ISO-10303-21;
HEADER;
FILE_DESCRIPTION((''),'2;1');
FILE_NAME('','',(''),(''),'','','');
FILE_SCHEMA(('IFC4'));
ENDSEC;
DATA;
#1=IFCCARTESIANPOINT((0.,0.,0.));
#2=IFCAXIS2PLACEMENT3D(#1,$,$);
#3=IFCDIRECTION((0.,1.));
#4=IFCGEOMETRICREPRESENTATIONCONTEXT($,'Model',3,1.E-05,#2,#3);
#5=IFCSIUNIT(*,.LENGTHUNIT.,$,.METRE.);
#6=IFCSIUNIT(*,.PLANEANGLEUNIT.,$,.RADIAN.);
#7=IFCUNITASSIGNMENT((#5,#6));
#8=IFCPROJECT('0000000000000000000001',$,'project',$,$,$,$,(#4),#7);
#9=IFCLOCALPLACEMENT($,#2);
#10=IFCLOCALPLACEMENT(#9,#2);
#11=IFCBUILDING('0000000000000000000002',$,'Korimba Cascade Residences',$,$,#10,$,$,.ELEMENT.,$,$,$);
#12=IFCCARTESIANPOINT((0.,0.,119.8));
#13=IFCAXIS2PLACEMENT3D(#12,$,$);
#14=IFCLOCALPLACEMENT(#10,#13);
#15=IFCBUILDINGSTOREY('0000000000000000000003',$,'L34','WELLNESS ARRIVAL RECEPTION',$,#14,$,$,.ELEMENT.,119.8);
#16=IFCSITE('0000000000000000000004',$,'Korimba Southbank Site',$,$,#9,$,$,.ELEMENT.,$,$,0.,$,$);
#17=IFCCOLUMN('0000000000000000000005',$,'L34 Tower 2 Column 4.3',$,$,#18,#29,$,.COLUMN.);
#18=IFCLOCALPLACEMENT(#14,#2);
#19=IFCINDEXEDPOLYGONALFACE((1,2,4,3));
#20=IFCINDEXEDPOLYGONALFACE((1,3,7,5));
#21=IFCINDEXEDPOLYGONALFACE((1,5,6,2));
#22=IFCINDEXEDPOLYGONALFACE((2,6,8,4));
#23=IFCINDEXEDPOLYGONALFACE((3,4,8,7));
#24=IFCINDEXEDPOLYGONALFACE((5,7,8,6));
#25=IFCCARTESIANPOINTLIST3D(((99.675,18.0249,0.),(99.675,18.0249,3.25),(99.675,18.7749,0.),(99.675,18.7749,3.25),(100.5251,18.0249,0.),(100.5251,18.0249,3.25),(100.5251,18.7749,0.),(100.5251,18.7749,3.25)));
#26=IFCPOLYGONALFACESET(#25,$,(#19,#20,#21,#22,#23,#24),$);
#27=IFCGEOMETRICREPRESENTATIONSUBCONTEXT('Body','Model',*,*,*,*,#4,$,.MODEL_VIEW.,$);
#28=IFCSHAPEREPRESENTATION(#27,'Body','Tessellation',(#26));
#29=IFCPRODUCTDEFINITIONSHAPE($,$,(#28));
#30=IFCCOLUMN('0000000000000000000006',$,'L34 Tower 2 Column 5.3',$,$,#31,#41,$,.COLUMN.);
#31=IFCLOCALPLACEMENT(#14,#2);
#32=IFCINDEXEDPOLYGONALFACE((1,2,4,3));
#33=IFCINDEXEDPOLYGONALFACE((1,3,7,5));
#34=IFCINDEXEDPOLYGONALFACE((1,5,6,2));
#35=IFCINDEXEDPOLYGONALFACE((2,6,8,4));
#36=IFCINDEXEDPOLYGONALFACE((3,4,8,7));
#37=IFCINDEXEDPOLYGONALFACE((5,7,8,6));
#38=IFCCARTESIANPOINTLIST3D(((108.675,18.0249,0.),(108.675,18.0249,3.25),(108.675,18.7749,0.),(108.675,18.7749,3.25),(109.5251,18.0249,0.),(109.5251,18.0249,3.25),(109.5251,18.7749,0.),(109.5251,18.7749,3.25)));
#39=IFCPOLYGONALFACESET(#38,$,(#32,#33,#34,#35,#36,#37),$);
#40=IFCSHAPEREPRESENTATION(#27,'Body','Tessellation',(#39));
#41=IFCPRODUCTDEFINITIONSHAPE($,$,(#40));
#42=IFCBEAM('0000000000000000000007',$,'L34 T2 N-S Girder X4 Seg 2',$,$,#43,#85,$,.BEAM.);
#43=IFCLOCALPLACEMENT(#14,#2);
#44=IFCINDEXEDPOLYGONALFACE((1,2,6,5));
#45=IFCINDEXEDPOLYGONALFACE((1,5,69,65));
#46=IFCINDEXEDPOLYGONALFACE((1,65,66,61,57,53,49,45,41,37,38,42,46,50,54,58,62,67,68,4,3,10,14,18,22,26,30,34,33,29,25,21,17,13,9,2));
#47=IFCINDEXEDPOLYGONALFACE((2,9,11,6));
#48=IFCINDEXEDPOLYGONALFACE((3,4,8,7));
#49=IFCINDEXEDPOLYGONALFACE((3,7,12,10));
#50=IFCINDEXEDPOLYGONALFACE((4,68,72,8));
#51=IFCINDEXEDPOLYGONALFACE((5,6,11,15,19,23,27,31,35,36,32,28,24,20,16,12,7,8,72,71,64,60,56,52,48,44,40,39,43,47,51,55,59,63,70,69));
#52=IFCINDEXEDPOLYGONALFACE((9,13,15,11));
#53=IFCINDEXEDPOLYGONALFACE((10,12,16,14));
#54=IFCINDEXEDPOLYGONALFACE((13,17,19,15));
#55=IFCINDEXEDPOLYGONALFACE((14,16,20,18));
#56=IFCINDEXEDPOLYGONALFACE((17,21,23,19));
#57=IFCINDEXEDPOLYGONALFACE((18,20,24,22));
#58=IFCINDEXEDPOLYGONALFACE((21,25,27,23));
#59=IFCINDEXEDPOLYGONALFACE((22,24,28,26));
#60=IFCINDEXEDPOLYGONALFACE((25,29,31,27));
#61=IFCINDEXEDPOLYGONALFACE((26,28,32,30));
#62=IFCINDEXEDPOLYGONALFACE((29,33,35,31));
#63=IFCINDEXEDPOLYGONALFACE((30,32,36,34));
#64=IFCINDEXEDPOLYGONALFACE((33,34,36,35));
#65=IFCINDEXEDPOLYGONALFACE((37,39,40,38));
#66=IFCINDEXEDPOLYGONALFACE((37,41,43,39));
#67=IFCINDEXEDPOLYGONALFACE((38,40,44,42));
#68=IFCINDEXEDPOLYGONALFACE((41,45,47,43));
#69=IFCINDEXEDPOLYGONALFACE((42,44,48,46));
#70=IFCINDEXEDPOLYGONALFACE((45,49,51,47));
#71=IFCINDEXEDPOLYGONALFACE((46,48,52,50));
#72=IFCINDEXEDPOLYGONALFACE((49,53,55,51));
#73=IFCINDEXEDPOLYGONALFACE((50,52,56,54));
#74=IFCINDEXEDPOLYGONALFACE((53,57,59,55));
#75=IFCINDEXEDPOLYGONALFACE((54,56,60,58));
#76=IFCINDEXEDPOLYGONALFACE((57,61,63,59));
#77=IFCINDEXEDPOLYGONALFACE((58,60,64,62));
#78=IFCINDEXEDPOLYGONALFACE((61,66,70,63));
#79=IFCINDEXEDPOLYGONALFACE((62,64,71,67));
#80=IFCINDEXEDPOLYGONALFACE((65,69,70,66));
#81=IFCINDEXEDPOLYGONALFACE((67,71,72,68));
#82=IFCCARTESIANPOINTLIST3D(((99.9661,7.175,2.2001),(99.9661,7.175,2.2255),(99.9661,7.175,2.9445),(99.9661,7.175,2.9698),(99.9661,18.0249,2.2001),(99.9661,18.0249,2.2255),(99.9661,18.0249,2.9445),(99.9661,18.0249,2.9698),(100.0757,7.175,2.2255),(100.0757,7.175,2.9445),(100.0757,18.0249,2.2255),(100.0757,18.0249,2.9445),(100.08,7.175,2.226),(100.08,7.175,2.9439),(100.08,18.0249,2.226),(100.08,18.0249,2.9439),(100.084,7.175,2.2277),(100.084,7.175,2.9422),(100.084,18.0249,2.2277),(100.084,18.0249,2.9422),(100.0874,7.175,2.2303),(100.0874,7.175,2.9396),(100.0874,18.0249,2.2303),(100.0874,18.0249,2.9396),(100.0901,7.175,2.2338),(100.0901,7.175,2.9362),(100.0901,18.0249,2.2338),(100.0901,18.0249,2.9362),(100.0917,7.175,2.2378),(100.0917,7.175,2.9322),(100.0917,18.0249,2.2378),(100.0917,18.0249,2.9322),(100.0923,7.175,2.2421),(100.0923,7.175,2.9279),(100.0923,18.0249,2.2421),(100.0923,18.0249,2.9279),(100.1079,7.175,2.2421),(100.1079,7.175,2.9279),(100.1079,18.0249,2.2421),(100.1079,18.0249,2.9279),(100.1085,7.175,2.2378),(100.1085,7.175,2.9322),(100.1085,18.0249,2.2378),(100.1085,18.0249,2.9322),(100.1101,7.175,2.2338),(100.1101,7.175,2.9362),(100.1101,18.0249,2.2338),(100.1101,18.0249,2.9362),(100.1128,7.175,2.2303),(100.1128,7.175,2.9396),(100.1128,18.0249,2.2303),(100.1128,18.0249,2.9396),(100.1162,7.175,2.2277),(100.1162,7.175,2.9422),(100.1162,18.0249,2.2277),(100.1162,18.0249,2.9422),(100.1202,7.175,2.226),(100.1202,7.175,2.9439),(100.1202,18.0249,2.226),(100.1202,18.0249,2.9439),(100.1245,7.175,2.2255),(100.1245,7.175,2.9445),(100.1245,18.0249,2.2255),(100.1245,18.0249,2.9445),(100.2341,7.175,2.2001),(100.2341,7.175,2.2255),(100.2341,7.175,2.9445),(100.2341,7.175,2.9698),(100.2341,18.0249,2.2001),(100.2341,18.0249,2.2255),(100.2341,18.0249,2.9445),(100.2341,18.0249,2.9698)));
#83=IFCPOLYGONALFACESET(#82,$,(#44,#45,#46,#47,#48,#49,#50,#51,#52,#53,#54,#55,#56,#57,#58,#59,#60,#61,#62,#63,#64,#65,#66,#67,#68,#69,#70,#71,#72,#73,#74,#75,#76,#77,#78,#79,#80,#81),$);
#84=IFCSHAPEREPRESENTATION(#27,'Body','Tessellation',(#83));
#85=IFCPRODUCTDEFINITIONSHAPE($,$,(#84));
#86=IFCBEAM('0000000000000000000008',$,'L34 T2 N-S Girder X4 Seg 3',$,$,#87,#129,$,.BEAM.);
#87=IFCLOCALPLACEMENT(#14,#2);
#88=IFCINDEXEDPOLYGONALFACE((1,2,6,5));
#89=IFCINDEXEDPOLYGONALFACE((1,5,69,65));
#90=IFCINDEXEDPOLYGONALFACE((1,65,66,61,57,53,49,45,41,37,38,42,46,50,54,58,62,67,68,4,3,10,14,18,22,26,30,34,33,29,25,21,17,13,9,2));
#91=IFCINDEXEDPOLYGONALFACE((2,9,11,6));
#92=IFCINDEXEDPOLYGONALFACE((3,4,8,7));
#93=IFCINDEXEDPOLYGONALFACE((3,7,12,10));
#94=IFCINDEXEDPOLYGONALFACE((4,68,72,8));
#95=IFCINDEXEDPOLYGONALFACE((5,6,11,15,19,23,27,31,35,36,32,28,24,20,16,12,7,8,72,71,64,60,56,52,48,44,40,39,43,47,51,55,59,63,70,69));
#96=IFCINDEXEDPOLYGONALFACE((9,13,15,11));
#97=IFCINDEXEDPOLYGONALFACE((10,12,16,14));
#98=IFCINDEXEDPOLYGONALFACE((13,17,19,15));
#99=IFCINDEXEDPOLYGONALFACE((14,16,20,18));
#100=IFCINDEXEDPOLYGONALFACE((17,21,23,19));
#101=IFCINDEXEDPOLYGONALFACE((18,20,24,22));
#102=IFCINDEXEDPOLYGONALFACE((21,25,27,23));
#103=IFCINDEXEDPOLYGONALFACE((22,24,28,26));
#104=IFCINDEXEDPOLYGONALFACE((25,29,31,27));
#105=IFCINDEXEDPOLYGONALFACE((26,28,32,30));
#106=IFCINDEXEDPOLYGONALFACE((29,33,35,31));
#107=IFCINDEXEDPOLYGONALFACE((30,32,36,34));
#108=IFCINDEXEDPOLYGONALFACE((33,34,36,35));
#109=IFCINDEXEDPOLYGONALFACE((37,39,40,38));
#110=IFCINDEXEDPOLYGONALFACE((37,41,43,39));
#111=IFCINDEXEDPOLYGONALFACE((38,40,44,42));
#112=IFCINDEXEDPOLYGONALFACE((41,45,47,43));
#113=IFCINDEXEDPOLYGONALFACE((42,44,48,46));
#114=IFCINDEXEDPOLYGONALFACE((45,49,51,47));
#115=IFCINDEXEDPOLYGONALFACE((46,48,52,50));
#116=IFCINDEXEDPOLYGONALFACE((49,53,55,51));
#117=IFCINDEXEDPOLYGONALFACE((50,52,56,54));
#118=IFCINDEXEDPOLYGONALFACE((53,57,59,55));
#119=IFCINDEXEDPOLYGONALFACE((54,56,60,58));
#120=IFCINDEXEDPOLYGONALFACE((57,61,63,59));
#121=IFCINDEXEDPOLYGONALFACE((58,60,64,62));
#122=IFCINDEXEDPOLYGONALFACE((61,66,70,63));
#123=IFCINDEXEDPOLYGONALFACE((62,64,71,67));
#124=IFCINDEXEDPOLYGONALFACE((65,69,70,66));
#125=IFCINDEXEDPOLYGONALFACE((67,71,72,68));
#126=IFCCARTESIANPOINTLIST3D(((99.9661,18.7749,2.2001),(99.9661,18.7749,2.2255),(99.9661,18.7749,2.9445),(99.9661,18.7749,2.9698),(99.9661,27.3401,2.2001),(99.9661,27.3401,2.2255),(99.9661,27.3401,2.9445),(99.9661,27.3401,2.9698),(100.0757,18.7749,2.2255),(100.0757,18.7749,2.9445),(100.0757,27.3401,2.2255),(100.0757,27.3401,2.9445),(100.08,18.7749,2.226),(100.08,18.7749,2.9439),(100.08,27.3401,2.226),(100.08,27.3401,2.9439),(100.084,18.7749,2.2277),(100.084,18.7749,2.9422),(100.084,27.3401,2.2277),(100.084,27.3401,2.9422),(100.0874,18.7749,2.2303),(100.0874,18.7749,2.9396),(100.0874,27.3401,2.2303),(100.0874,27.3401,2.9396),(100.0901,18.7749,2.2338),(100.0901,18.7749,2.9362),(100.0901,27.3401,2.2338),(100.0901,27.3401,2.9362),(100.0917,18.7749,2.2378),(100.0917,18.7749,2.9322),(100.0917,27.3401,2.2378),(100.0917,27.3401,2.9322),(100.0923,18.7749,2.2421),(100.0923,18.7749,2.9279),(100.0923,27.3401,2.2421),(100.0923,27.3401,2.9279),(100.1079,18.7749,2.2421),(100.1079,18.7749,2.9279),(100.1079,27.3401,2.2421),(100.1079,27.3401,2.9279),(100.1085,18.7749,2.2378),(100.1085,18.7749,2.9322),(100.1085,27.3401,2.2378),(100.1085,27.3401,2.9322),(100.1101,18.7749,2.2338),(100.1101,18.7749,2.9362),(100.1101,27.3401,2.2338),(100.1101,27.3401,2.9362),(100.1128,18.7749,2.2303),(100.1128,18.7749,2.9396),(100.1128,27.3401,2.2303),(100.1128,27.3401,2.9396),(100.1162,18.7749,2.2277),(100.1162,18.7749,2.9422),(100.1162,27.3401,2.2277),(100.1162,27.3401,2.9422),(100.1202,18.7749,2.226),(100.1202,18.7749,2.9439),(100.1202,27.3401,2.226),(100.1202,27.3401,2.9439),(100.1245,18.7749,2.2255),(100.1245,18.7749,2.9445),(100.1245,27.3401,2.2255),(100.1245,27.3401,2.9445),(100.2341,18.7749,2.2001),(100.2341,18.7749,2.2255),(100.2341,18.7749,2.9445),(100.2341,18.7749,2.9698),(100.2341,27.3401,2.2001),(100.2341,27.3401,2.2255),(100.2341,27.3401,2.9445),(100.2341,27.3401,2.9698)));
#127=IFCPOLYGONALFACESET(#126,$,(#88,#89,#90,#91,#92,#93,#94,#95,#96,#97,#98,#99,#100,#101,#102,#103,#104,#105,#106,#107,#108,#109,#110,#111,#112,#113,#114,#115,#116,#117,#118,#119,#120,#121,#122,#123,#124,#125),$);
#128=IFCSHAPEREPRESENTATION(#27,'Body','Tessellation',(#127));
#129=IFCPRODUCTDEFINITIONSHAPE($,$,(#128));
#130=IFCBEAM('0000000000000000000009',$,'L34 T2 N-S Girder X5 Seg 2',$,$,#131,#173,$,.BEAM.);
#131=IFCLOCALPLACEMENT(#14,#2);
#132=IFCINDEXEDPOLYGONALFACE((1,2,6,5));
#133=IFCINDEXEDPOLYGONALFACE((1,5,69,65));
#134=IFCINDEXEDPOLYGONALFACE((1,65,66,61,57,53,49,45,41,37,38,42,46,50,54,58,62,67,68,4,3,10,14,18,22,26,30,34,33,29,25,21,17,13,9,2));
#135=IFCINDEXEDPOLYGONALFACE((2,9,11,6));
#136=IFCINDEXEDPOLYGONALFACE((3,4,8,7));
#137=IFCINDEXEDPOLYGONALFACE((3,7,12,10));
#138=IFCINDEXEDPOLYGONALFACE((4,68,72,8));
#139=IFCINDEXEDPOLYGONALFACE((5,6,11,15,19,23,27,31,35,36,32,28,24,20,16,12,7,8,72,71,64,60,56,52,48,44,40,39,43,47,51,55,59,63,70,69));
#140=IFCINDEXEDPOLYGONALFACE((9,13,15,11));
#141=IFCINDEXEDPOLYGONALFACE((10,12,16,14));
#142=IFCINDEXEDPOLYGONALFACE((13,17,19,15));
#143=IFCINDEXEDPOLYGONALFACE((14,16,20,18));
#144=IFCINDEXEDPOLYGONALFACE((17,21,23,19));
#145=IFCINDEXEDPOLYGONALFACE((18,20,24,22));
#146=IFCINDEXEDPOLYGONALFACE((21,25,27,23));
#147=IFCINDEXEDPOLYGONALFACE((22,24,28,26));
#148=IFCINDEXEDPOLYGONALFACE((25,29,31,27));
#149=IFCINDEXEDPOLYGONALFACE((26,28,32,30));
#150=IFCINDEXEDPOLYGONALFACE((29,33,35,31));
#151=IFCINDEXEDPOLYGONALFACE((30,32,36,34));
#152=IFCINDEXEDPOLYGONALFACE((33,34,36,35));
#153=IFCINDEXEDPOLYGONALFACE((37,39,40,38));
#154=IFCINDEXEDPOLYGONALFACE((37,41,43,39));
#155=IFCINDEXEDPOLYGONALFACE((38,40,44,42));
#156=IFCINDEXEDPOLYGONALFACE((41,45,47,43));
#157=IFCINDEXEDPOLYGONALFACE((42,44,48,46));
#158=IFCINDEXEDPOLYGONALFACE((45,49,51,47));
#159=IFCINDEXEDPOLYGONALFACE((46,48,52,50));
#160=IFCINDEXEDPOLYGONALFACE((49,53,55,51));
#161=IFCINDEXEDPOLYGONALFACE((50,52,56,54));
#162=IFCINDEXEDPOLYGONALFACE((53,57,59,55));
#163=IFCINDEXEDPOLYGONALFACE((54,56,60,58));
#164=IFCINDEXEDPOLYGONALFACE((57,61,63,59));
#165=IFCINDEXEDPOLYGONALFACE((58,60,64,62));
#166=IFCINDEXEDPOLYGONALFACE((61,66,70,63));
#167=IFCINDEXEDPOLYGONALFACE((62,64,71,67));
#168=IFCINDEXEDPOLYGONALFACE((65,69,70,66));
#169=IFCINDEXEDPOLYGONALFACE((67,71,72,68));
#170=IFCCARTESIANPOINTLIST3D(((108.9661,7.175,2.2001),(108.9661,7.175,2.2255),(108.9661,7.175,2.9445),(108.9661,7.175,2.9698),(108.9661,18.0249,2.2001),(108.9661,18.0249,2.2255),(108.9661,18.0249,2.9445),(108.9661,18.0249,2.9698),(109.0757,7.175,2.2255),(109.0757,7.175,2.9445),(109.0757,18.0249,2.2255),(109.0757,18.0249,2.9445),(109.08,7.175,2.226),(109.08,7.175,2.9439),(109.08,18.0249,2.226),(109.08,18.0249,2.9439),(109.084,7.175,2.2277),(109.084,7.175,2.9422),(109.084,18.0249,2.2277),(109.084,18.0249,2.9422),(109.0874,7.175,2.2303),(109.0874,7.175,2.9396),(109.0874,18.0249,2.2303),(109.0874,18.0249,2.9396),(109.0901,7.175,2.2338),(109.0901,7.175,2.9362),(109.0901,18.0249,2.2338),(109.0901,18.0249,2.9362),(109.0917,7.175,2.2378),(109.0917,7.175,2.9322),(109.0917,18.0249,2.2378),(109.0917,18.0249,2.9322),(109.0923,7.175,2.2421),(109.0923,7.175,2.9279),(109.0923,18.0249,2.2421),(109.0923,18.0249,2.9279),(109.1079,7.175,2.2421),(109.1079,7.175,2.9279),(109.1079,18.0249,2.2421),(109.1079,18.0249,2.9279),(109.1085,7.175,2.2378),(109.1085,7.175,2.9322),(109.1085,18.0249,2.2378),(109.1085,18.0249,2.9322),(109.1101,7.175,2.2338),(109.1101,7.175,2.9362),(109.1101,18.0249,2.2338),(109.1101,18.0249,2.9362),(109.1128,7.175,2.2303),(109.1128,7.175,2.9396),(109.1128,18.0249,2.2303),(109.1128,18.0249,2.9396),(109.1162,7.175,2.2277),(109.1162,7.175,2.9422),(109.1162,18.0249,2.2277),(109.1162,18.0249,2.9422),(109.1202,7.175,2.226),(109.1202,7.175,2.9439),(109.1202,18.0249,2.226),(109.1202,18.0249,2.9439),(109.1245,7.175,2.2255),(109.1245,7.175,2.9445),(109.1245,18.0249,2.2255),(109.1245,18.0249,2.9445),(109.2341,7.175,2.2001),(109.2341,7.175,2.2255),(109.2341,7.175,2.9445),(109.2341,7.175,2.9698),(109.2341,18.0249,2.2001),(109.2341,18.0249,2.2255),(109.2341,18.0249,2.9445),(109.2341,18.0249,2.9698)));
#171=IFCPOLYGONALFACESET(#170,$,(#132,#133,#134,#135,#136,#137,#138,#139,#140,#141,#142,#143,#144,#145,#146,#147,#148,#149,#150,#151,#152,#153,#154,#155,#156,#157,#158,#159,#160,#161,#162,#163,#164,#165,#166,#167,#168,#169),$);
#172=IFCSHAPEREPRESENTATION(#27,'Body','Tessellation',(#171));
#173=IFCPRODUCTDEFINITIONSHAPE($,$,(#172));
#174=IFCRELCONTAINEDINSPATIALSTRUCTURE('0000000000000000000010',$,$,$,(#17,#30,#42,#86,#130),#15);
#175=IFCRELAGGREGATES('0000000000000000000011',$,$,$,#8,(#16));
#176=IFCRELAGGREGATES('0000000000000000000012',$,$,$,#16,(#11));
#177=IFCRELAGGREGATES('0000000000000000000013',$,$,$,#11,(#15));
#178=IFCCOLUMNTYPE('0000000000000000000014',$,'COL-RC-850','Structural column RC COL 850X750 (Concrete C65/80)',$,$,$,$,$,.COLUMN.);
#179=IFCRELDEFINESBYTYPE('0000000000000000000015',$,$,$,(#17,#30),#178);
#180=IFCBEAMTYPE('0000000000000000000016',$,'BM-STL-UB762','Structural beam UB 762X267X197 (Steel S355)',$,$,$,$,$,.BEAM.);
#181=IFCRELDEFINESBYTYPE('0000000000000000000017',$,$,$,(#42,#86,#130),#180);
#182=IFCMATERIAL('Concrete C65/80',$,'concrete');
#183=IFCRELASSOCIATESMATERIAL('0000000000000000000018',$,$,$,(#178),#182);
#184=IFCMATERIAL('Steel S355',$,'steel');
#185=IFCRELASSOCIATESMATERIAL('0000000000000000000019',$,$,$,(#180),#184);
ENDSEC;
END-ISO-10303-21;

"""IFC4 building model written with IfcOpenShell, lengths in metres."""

from ifc_helpers import new_model, si_unit, direction, frame, origin, origin_2d, place, context, subcontext, project, spatial, rectangle, i_section, extrude, material, material_profile, profile_set, type_object, element, save


model = new_model("IFC4")

# Units and contexts
model_context = context("Model", 3, precision=1e-05, world=origin(), true_north=direction((0.0, 1.0)))
body_context = subcontext(model_context, "Body", "Model", "MODEL_VIEW")
ifc_project = project(units=[si_unit("LENGTHUNIT", "METRE"), si_unit("PLANEANGLEUNIT", "RADIAN")], contexts=[model_context])

# Site, building, storey
site_placement = place(None, origin())
site = spatial("IfcSite", under=ifc_project, at=site_placement, Name="Korimba Southbank Site", CompositionType="ELEMENT", RefElevation=0.0)
building_placement = place(site_placement, origin())
building = spatial("IfcBuilding", under=site, at=building_placement, Name="Korimba Cascade Residences", CompositionType="ELEMENT")
storey_placement = place(building_placement, frame((0.0, 0.0, 119.8)))
storey = spatial("IfcBuildingStorey", under=building, at=storey_placement, Name="L34", Description="WELLNESS ARRIVAL RECEPTION", CompositionType="ELEMENT", Elevation=119.8)

# Columns
ifc_material_1 = material(Name="Concrete C65/80", Category="concrete")
ifc_material_profile_1 = material_profile(ifc_material_1, rectangle(XDim=0.8501, YDim=0.75, at=origin_2d()), Name="Concrete C65/80")
ifc_profile_set_1 = profile_set([ifc_material_profile_1], Name="Concrete C65/80")
column_type = type_object("IfcColumnType", Name="COL-RC-850", Description="Structural column RC COL 850X750 (Concrete C65/80)", PredefinedType="COLUMN", material=ifc_profile_set_1)
for number, where, z_axis, x_axis, name in (
    (1, (100.1001, 18.3999, 0.0), (0.0, 0.0, 1.0), (1.0, 0.0, 0.0), "L34 Tower 2 Column 4.3"),
    (2, (109.1001, 18.3999, 0.0), (0.0, 0.0, 1.0), (1.0, 0.0, 0.0), "L34 Tower 2 Column 5.3"),
):
    element("IfcColumn", number, at=place(storey_placement, frame(where, z_axis=z_axis, x_axis=x_axis)), inside=storey, type_object=column_type, Name=name, PredefinedType="COLUMN", context=body_context, shape_type="SweptSolid", body=[
        extrude(rectangle(XDim=0.8501, YDim=0.75, at=origin_2d()), origin(), (0.0, 0.0, 1.0), 3.25),
    ])

# Beams
ifc_material_2 = material(Name="Steel S355", Category="steel")
ifc_material_profile_2 = material_profile(ifc_material_2, i_section(OverallWidth=0.2681, OverallDepth=0.7698, WebThickness=0.0156, FlangeThickness=0.0254, FilletRadius=0.0166, at=origin_2d()), Name="Steel S355")
ifc_profile_set_2 = profile_set([ifc_material_profile_2], Name="Steel S355")
beam_type = type_object("IfcBeamType", Name="BM-STL-UB762", Description="Structural beam UB 762X267X197 (Steel S355)", PredefinedType="BEAM", material=ifc_profile_set_2)
beam_1_placement = place(storey_placement, frame((100.1001, 7.175, 2.585), z_axis=(0.0, 1.0, 0.0), x_axis=(-1.0, 0.0, 0.0)))
element("IfcBeam", 3, at=beam_1_placement, inside=storey, type_object=beam_type, Name="L34 T2 N-S Girder X4 Seg 2", PredefinedType="BEAM", context=body_context, shape_type="SweptSolid", body=[
    extrude(i_section(OverallWidth=0.2681, OverallDepth=0.7698, WebThickness=0.0156, FlangeThickness=0.0254, FilletRadius=0.0166, at=origin_2d()), origin(), (0.0, 0.0, 1.0), 10.8499),
])
beam_2_placement = place(storey_placement, frame((100.1001, 18.7749, 2.585), z_axis=(0.0, 1.0, 0.0), x_axis=(-1.0, 0.0, 0.0)))
element("IfcBeam", 4, at=beam_2_placement, inside=storey, type_object=beam_type, Name="L34 T2 N-S Girder X4 Seg 3", PredefinedType="BEAM", context=body_context, shape_type="SweptSolid", body=[
    extrude(i_section(OverallWidth=0.2681, OverallDepth=0.7698, WebThickness=0.0156, FlangeThickness=0.0254, FilletRadius=0.0166, at=origin_2d()), origin(), (0.0, 0.0, 1.0), 8.5652),
])
beam_3_placement = place(storey_placement, frame((109.1001, 7.175, 2.585), z_axis=(0.0, 1.0, 0.0), x_axis=(-1.0, 0.0, 0.0)))
element("IfcBeam", 5, at=beam_3_placement, inside=storey, type_object=beam_type, Name="L34 T2 N-S Girder X5 Seg 2", PredefinedType="BEAM", context=body_context, shape_type="SweptSolid", body=[
    extrude(i_section(OverallWidth=0.2681, OverallDepth=0.7698, WebThickness=0.0156, FlangeThickness=0.0254, FilletRadius=0.0166, at=origin_2d()), origin(), (0.0, 0.0, 1.0), 10.8499),
])

save(model, "model.ifc")
